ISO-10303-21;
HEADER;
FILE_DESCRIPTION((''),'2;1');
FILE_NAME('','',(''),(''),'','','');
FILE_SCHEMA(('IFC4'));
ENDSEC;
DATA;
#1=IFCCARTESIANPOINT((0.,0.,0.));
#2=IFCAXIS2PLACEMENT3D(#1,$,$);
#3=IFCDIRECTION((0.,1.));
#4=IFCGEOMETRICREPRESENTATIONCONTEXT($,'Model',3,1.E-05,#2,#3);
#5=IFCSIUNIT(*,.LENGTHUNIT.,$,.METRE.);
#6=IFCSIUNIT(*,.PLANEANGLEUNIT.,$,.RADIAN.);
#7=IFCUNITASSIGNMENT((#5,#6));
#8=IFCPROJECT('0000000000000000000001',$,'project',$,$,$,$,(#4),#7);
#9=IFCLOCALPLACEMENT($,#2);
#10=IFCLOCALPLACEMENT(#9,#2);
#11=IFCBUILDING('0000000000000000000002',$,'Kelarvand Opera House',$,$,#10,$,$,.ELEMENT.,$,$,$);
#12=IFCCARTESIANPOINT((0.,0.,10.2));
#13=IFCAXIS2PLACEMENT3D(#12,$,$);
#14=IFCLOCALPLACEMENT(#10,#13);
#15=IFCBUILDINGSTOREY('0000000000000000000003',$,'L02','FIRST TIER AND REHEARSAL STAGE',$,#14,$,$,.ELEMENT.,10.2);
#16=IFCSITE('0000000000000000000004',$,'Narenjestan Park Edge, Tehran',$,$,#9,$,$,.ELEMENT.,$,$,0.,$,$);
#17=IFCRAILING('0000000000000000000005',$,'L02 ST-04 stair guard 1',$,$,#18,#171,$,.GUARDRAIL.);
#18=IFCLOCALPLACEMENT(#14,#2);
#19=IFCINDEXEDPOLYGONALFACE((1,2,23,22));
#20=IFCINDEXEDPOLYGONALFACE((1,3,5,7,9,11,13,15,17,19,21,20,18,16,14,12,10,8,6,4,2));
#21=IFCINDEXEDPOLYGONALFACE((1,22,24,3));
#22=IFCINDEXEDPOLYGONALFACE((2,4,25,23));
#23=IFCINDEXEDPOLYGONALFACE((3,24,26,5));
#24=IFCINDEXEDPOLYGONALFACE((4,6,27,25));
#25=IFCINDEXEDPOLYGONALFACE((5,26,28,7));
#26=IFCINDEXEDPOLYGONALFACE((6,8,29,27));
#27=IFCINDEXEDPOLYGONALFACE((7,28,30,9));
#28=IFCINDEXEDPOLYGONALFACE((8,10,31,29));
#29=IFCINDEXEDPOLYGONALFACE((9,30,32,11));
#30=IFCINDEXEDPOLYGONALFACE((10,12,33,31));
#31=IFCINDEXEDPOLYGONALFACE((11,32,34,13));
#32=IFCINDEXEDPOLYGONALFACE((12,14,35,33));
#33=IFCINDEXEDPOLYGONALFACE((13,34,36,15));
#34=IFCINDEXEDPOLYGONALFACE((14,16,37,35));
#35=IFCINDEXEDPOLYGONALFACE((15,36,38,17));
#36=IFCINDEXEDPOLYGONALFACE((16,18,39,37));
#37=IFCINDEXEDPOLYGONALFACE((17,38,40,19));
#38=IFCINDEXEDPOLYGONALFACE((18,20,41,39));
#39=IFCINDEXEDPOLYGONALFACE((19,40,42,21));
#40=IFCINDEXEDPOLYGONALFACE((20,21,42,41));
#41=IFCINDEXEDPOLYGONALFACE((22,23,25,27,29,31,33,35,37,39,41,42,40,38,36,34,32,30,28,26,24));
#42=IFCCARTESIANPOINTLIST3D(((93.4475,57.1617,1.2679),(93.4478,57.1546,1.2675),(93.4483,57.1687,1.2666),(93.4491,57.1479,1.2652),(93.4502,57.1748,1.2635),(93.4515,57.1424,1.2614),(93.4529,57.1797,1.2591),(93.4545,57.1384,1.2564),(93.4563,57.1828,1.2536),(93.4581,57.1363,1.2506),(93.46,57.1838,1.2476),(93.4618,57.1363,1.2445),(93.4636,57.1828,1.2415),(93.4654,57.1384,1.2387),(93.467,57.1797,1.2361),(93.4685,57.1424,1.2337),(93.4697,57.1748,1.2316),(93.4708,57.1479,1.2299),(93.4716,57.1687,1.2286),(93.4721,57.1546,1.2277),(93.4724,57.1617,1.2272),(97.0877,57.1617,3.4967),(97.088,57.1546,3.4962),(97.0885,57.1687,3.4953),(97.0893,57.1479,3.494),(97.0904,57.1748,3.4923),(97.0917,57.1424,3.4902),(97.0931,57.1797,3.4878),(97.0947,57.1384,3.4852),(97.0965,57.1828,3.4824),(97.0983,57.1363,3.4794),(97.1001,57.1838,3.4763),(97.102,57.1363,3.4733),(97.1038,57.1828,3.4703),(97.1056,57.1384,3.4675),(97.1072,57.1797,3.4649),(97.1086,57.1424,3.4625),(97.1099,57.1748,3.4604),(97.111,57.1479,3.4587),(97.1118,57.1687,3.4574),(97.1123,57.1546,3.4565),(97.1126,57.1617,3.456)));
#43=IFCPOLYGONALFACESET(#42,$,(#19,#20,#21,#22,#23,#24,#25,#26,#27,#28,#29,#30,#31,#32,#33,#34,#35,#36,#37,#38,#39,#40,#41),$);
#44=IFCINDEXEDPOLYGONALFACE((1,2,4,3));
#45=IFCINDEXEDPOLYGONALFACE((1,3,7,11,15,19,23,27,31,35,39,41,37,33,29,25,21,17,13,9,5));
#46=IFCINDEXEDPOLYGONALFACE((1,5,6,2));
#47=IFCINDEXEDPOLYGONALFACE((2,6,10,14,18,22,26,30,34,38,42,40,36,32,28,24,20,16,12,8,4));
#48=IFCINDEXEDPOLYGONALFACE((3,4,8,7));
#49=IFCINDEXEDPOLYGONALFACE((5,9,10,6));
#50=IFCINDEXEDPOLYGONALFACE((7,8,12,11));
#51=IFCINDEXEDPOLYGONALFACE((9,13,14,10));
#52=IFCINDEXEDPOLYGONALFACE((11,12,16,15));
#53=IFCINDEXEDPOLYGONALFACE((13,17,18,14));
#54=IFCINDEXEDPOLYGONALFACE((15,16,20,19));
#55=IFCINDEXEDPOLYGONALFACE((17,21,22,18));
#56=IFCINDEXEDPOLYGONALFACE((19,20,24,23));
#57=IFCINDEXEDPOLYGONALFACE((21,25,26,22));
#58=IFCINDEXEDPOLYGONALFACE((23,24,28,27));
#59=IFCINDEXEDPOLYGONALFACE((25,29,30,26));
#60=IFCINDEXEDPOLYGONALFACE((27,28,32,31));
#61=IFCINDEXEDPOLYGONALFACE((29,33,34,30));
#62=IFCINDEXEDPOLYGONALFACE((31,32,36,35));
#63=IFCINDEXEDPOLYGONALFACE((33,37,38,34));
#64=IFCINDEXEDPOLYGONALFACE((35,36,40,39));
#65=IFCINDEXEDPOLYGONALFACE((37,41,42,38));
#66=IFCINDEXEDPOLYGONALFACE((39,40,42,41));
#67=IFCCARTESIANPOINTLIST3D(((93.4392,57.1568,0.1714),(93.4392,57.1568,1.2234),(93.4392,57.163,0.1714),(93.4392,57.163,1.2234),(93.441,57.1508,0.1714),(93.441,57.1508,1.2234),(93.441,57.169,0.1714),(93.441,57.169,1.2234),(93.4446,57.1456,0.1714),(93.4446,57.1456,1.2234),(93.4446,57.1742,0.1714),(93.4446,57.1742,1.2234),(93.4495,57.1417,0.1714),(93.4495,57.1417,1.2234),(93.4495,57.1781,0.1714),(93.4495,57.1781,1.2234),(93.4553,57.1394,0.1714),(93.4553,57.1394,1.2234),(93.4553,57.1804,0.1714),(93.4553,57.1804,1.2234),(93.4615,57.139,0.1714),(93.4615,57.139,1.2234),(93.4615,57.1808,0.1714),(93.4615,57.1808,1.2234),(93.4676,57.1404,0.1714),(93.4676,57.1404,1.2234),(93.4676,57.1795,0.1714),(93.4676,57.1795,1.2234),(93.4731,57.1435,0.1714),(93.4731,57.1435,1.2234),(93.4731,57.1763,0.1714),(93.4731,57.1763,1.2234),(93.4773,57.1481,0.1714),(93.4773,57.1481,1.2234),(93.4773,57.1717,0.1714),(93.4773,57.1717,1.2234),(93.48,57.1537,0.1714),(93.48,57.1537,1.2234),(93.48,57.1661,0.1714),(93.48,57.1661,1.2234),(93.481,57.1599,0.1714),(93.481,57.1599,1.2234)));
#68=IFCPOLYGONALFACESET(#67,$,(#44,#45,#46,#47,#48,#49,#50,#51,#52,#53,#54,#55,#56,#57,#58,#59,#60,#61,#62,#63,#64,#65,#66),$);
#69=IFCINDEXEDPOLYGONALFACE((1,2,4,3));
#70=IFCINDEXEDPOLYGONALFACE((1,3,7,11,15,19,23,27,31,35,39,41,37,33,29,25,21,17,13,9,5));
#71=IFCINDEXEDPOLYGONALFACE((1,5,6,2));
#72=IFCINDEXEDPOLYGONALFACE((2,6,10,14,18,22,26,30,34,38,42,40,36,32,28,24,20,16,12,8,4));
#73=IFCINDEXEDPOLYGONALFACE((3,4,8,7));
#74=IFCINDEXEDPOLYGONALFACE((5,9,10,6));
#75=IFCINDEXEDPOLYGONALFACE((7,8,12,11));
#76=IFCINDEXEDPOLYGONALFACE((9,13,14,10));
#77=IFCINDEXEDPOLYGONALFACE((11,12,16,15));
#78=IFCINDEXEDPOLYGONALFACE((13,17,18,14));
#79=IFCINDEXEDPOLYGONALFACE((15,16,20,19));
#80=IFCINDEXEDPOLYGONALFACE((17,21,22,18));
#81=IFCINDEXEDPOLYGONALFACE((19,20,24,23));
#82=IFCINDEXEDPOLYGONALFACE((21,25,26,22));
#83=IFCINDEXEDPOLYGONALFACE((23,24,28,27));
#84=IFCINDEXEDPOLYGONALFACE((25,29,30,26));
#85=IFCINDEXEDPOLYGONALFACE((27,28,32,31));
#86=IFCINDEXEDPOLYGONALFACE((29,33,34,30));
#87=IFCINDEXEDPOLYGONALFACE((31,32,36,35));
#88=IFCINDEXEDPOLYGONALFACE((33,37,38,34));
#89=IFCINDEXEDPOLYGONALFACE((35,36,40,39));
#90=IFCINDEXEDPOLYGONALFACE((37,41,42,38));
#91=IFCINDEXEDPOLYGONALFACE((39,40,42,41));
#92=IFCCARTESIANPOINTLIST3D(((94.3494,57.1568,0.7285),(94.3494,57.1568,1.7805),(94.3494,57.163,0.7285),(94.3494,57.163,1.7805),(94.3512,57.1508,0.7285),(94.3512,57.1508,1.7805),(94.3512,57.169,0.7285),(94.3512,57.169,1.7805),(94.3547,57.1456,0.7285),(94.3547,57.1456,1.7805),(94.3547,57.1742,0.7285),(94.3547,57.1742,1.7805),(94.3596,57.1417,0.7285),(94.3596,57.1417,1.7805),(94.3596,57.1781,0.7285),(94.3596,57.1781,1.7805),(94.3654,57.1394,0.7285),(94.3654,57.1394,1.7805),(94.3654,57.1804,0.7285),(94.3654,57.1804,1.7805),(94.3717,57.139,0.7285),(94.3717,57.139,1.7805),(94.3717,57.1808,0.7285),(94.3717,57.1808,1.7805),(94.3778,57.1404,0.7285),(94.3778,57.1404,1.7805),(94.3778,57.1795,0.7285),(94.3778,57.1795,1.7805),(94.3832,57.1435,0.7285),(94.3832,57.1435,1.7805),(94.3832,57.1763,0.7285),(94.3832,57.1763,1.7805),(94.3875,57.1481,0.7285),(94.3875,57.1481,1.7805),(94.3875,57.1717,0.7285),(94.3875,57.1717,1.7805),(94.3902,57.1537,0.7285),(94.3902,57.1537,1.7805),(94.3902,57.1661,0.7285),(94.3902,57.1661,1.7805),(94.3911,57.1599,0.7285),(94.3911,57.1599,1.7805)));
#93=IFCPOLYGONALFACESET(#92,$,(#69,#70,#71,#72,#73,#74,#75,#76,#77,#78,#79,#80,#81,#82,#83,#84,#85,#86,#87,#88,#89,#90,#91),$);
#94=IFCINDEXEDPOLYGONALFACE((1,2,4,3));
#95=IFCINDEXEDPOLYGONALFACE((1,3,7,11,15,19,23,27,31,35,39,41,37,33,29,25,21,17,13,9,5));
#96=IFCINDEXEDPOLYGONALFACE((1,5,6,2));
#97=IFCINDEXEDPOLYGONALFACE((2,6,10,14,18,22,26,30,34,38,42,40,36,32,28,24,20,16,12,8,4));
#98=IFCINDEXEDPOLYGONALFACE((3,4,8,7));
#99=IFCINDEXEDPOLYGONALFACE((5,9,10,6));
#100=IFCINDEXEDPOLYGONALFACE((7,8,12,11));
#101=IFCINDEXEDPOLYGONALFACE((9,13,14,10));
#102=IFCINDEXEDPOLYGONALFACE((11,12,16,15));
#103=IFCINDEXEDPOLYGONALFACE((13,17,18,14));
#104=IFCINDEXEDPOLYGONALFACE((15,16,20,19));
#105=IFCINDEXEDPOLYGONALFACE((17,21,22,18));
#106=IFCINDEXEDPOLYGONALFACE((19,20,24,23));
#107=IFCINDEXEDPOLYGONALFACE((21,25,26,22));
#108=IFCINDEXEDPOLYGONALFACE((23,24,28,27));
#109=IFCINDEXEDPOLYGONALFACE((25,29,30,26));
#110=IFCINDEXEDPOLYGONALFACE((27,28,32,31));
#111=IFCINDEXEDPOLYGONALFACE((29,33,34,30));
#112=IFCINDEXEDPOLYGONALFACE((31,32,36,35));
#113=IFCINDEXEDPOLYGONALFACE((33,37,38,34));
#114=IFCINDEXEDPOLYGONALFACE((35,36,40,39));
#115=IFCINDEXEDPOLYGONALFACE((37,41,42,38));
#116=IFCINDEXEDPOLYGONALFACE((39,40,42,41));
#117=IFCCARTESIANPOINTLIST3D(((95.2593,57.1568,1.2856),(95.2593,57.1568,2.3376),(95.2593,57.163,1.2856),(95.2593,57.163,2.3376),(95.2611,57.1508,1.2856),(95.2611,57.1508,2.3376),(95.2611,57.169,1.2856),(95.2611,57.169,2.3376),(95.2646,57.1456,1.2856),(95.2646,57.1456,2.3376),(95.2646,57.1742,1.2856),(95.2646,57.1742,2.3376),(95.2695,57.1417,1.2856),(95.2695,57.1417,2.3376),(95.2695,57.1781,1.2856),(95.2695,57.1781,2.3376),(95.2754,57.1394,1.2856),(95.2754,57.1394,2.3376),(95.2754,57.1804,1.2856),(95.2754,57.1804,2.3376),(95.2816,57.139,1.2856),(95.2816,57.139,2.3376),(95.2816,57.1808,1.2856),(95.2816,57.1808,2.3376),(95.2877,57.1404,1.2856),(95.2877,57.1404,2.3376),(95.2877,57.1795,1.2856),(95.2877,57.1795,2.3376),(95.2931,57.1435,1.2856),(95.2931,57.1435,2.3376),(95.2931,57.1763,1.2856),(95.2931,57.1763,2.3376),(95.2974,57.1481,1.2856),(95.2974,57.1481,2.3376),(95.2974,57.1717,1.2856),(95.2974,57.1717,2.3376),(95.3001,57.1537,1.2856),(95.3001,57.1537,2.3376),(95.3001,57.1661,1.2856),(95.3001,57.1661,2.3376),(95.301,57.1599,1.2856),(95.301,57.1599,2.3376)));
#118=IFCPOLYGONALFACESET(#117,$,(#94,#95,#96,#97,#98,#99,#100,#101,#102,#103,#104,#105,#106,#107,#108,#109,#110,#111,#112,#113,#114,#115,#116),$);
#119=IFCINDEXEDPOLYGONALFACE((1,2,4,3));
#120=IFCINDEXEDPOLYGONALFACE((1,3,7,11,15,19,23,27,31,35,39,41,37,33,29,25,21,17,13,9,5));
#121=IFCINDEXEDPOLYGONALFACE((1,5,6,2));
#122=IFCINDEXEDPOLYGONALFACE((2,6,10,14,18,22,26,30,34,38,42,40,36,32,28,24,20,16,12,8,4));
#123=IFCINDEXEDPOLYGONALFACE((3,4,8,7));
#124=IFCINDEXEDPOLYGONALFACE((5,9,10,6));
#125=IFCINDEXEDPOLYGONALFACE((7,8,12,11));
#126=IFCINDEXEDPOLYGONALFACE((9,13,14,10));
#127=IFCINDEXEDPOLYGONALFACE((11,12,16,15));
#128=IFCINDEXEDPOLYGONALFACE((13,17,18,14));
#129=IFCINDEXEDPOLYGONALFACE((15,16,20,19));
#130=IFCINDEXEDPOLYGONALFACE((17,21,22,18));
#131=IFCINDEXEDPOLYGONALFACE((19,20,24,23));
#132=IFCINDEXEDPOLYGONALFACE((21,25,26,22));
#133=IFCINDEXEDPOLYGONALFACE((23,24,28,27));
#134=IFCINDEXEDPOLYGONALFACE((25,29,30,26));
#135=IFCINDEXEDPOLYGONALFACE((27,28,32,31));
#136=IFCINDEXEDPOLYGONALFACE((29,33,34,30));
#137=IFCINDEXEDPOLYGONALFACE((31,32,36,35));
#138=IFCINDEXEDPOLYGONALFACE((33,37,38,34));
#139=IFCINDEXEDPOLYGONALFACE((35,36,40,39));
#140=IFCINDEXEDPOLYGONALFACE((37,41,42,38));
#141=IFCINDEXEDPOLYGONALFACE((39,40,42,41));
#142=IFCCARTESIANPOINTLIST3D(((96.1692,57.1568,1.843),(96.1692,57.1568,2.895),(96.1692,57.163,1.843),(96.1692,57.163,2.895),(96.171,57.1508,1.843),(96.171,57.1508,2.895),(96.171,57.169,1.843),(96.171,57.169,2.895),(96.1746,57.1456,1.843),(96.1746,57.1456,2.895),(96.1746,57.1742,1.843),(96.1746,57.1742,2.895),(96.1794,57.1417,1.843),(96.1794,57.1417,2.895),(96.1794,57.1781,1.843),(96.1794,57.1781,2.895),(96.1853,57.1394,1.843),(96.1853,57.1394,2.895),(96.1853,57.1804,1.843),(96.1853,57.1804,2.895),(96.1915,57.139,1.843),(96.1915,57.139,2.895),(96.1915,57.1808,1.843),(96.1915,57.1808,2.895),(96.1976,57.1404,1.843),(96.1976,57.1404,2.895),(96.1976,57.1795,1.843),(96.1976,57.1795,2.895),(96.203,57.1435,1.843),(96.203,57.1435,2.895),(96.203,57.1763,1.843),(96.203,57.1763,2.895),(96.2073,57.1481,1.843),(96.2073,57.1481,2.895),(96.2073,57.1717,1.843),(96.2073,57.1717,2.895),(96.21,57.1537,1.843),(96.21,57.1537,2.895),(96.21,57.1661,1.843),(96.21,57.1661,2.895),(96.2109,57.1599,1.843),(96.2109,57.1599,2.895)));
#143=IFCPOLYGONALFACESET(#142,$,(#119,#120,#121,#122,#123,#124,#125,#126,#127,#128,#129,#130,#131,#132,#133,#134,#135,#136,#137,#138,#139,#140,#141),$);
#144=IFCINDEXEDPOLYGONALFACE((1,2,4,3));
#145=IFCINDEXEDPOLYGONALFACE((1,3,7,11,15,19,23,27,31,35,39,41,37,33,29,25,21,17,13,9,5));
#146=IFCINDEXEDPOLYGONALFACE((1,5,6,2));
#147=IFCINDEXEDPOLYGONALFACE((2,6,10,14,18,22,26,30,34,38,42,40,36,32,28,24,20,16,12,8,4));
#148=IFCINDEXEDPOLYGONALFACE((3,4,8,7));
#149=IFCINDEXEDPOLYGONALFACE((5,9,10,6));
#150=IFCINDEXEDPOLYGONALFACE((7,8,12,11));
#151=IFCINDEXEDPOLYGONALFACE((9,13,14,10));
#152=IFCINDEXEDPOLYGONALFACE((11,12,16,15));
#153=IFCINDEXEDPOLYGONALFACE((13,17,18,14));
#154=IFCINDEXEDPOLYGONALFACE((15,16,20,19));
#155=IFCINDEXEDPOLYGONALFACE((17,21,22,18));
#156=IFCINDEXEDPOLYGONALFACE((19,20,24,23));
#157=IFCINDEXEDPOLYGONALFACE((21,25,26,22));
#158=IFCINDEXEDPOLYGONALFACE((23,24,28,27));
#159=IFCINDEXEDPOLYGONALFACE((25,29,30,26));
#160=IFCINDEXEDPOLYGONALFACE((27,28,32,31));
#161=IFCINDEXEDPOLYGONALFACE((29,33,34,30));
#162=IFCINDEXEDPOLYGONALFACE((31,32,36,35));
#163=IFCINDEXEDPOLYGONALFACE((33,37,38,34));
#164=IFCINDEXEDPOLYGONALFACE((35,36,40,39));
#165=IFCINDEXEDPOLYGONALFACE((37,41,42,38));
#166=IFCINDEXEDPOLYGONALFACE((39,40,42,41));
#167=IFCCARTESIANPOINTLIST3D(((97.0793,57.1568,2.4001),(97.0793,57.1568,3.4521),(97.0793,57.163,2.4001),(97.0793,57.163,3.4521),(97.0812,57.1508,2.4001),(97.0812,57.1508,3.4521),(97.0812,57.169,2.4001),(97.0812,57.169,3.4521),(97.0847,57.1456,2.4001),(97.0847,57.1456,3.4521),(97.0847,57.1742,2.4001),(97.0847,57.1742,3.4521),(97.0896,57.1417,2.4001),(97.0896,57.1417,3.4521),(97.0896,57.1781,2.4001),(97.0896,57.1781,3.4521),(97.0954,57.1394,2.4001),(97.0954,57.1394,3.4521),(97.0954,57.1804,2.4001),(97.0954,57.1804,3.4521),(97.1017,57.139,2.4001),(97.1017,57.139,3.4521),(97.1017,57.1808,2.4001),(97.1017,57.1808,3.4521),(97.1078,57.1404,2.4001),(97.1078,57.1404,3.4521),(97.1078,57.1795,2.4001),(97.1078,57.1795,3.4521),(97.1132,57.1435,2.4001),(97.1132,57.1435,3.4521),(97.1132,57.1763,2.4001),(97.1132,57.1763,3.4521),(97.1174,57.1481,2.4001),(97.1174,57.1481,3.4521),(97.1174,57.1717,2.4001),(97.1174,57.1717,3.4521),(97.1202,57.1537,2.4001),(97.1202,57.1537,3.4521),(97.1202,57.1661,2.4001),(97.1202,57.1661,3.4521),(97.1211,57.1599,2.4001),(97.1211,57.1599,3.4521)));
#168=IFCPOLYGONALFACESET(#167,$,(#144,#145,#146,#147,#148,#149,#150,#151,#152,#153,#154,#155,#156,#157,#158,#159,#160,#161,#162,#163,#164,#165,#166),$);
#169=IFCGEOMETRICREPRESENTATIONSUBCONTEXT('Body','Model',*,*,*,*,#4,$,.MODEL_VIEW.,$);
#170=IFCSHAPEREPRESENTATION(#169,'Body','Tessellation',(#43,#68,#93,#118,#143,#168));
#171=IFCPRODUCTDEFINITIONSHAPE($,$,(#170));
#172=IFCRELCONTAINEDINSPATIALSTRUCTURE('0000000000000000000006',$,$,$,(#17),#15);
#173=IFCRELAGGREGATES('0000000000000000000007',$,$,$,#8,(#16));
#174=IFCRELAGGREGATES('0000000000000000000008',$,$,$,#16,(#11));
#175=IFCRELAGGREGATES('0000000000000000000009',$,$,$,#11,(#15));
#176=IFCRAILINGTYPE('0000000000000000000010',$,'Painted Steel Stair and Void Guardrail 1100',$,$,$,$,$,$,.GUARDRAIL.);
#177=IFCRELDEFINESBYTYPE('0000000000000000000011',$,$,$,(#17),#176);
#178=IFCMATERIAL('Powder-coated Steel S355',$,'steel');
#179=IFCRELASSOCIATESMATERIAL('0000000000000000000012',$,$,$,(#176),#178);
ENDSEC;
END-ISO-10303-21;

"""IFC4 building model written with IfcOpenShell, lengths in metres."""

from ifc_helpers import new_model, si_unit, direction, frame, origin, origin_2d, place, context, subcontext, project, spatial, circle, extrude, material, type_object, element, save


model = new_model("IFC4")

# Units and contexts
model_context = context("Model", 3, precision=1e-05, world=origin(), true_north=direction((0.0, 1.0)))
body_context = subcontext(model_context, "Body", "Model", "MODEL_VIEW")
ifc_project = project(units=[si_unit("LENGTHUNIT", "METRE"), si_unit("PLANEANGLEUNIT", "RADIAN")], contexts=[model_context])

# Site, building, storey
site_placement = place(None, origin())
site = spatial("IfcSite", under=ifc_project, at=site_placement, Name="Narenjestan Park Edge, Tehran", CompositionType="ELEMENT", RefElevation=0.0)
building_placement = place(site_placement, origin())
building = spatial("IfcBuilding", under=site, at=building_placement, Name="Kelarvand Opera House", CompositionType="ELEMENT")
storey_placement = place(building_placement, frame((0.0, 0.0, 10.2)))
storey = spatial("IfcBuildingStorey", under=building, at=storey_placement, Name="L02", Description="FIRST TIER AND REHEARSAL STAGE", CompositionType="ELEMENT", Elevation=10.2)

# Railing
ifc_material_1 = material(Name="Powder-coated Steel S355", Category="steel")
railing_type_1 = type_object("IfcRailingType", Name="Painted Steel Stair and Void Guardrail 1100", PredefinedType="GUARDRAIL", material=ifc_material_1)
railing_1_placement = place(storey_placement, frame((93.46, 57.1599, 0.1714)))
element("IfcRailing", 1, at=railing_1_placement, inside=storey, type_object=railing_type_1, Name="L02 ST-04 stair guard 1", PredefinedType="GUARDRAIL", context=body_context, shape_type="SweptSolid", body=[
    extrude(circle(Radius=0.0239, at=origin_2d()), frame((0.0, 0.0, 1.0762), z_axis=(0.85284, 0.0, 0.522172), x_axis=(0.0, 1.0, 0.0)), (0.0, 0.0, 1.0), 4.2683),
    extrude(circle(Radius=0.021, at=origin_2d()), origin(), (0.0, 0.0, 1.0), 1.052),
    extrude(circle(Radius=0.021, at=origin_2d()), frame((0.9102, 0.0, 0.5571)), (0.0, 0.0, 1.0), 1.052),
    extrude(circle(Radius=0.021, at=origin_2d()), frame((1.8201, 0.0, 1.1143)), (0.0, 0.0, 1.0), 1.052),
    extrude(circle(Radius=0.021, at=origin_2d()), frame((2.73, 0.0, 1.6716)), (0.0, 0.0, 1.0), 1.052),
    extrude(circle(Radius=0.021, at=origin_2d()), frame((3.6401, 0.0, 2.2288)), (0.0, 0.0, 1.0), 1.052),
])

save(model, "model.ifc")
